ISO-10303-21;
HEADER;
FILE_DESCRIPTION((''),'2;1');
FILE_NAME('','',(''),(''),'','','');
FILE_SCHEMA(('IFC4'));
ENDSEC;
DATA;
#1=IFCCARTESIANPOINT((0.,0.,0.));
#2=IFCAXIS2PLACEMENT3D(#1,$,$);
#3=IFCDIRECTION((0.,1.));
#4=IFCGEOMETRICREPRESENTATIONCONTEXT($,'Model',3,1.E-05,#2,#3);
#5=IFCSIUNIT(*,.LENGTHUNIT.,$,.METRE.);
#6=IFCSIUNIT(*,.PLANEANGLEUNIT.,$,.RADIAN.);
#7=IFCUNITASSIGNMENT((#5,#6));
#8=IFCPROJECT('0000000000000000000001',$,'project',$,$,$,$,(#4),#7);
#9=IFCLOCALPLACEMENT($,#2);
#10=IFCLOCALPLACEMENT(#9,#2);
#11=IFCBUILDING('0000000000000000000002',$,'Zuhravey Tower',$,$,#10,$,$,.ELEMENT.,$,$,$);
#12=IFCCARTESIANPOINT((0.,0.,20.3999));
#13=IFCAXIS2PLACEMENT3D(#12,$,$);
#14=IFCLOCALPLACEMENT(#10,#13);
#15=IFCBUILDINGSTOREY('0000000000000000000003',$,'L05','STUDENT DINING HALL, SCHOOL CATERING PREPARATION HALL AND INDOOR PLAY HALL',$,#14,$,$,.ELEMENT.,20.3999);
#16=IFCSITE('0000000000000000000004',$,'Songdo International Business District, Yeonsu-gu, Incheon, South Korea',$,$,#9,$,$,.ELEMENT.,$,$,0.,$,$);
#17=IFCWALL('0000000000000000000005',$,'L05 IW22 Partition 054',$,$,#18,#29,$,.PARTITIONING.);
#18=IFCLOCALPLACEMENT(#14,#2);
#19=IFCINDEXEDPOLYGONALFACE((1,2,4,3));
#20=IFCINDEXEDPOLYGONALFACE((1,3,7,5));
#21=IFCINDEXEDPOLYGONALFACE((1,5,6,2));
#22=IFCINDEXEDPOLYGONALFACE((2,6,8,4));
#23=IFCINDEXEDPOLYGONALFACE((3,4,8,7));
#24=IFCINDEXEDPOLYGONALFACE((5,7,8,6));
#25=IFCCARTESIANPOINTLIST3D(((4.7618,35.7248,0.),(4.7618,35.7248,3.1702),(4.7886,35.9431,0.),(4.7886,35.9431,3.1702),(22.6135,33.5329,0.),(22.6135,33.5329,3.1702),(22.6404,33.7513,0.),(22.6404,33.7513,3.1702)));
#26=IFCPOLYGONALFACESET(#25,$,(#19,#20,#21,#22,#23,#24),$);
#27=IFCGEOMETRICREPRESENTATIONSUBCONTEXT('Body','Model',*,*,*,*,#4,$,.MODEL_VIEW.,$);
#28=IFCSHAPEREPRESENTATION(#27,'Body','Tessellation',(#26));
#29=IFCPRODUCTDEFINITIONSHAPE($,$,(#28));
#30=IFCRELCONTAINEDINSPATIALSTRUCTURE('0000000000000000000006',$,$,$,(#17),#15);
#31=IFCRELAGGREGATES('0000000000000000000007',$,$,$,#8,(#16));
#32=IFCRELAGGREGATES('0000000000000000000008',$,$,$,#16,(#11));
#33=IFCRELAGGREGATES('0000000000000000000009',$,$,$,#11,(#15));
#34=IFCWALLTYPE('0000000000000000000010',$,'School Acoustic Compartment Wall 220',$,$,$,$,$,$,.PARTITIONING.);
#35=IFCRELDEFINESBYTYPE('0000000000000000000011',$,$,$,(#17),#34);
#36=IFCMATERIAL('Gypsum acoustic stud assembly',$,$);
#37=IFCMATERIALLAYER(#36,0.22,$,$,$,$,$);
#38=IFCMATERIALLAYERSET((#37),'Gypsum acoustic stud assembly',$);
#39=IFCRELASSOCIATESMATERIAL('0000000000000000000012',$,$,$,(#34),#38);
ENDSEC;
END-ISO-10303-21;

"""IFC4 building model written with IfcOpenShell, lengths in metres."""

from ifc_helpers import new_model, si_unit, direction, frame, frame_2d, origin, place, context, subcontext, project, spatial, rectangle, extrude, material, layer, layer_set, type_object, element, save


model = new_model("IFC4")

# Units and contexts
model_context = context("Model", 3, precision=1e-05, world=origin(), true_north=direction((0.0, 1.0)))
body_context = subcontext(model_context, "Body", "Model", "MODEL_VIEW")
ifc_project = project(units=[si_unit("LENGTHUNIT", "METRE"), si_unit("PLANEANGLEUNIT", "RADIAN")], contexts=[model_context])

# Site, building, storey
site_placement = place(None, origin())
site = spatial("IfcSite", under=ifc_project, at=site_placement, Name="Songdo International Business District, Yeonsu-gu, Incheon, South Korea", CompositionType="ELEMENT", RefElevation=0.0)
building_placement = place(site_placement, origin())
building = spatial("IfcBuilding", under=site, at=building_placement, Name="Zuhravey Tower", CompositionType="ELEMENT")
storey_placement = place(building_placement, frame((0.0, 0.0, 20.3999)))
storey = spatial("IfcBuildingStorey", under=building, at=storey_placement, Name="L05", Description="STUDENT DINING HALL, SCHOOL CATERING PREPARATION HALL AND INDOOR PLAY HALL", CompositionType="ELEMENT", Elevation=20.3999)

# Wall
ifc_material_1 = material(Name="Gypsum acoustic stud assembly")
ifc_layer_1 = layer(ifc_material_1, 0.22)
ifc_layer_set_1 = layer_set([ifc_layer_1], Name="Gypsum acoustic stud assembly")
wall_type_1 = type_object("IfcWallType", Name="School Acoustic Compartment Wall 220", PredefinedType="PARTITIONING", material=ifc_layer_set_1)
wall_1_placement = place(storey_placement, frame((22.627, 33.6421, 0.0), z_axis=(0.0, 0.0, 1.0), x_axis=(-0.992546, 0.121868, 0.0)))
element("IfcWall", 1, at=wall_1_placement, inside=storey, type_object=wall_type_1, Name="L05 IW22 Partition 054", PredefinedType="PARTITIONING", context=body_context, shape_type="SweptSolid", body=[
    extrude(rectangle(XDim=17.9858, YDim=0.22, at=frame_2d((8.9929, 0.0))), origin(), (0.0, 0.0, 1.0), 3.1702),
])

save(model, "model.ifc")
